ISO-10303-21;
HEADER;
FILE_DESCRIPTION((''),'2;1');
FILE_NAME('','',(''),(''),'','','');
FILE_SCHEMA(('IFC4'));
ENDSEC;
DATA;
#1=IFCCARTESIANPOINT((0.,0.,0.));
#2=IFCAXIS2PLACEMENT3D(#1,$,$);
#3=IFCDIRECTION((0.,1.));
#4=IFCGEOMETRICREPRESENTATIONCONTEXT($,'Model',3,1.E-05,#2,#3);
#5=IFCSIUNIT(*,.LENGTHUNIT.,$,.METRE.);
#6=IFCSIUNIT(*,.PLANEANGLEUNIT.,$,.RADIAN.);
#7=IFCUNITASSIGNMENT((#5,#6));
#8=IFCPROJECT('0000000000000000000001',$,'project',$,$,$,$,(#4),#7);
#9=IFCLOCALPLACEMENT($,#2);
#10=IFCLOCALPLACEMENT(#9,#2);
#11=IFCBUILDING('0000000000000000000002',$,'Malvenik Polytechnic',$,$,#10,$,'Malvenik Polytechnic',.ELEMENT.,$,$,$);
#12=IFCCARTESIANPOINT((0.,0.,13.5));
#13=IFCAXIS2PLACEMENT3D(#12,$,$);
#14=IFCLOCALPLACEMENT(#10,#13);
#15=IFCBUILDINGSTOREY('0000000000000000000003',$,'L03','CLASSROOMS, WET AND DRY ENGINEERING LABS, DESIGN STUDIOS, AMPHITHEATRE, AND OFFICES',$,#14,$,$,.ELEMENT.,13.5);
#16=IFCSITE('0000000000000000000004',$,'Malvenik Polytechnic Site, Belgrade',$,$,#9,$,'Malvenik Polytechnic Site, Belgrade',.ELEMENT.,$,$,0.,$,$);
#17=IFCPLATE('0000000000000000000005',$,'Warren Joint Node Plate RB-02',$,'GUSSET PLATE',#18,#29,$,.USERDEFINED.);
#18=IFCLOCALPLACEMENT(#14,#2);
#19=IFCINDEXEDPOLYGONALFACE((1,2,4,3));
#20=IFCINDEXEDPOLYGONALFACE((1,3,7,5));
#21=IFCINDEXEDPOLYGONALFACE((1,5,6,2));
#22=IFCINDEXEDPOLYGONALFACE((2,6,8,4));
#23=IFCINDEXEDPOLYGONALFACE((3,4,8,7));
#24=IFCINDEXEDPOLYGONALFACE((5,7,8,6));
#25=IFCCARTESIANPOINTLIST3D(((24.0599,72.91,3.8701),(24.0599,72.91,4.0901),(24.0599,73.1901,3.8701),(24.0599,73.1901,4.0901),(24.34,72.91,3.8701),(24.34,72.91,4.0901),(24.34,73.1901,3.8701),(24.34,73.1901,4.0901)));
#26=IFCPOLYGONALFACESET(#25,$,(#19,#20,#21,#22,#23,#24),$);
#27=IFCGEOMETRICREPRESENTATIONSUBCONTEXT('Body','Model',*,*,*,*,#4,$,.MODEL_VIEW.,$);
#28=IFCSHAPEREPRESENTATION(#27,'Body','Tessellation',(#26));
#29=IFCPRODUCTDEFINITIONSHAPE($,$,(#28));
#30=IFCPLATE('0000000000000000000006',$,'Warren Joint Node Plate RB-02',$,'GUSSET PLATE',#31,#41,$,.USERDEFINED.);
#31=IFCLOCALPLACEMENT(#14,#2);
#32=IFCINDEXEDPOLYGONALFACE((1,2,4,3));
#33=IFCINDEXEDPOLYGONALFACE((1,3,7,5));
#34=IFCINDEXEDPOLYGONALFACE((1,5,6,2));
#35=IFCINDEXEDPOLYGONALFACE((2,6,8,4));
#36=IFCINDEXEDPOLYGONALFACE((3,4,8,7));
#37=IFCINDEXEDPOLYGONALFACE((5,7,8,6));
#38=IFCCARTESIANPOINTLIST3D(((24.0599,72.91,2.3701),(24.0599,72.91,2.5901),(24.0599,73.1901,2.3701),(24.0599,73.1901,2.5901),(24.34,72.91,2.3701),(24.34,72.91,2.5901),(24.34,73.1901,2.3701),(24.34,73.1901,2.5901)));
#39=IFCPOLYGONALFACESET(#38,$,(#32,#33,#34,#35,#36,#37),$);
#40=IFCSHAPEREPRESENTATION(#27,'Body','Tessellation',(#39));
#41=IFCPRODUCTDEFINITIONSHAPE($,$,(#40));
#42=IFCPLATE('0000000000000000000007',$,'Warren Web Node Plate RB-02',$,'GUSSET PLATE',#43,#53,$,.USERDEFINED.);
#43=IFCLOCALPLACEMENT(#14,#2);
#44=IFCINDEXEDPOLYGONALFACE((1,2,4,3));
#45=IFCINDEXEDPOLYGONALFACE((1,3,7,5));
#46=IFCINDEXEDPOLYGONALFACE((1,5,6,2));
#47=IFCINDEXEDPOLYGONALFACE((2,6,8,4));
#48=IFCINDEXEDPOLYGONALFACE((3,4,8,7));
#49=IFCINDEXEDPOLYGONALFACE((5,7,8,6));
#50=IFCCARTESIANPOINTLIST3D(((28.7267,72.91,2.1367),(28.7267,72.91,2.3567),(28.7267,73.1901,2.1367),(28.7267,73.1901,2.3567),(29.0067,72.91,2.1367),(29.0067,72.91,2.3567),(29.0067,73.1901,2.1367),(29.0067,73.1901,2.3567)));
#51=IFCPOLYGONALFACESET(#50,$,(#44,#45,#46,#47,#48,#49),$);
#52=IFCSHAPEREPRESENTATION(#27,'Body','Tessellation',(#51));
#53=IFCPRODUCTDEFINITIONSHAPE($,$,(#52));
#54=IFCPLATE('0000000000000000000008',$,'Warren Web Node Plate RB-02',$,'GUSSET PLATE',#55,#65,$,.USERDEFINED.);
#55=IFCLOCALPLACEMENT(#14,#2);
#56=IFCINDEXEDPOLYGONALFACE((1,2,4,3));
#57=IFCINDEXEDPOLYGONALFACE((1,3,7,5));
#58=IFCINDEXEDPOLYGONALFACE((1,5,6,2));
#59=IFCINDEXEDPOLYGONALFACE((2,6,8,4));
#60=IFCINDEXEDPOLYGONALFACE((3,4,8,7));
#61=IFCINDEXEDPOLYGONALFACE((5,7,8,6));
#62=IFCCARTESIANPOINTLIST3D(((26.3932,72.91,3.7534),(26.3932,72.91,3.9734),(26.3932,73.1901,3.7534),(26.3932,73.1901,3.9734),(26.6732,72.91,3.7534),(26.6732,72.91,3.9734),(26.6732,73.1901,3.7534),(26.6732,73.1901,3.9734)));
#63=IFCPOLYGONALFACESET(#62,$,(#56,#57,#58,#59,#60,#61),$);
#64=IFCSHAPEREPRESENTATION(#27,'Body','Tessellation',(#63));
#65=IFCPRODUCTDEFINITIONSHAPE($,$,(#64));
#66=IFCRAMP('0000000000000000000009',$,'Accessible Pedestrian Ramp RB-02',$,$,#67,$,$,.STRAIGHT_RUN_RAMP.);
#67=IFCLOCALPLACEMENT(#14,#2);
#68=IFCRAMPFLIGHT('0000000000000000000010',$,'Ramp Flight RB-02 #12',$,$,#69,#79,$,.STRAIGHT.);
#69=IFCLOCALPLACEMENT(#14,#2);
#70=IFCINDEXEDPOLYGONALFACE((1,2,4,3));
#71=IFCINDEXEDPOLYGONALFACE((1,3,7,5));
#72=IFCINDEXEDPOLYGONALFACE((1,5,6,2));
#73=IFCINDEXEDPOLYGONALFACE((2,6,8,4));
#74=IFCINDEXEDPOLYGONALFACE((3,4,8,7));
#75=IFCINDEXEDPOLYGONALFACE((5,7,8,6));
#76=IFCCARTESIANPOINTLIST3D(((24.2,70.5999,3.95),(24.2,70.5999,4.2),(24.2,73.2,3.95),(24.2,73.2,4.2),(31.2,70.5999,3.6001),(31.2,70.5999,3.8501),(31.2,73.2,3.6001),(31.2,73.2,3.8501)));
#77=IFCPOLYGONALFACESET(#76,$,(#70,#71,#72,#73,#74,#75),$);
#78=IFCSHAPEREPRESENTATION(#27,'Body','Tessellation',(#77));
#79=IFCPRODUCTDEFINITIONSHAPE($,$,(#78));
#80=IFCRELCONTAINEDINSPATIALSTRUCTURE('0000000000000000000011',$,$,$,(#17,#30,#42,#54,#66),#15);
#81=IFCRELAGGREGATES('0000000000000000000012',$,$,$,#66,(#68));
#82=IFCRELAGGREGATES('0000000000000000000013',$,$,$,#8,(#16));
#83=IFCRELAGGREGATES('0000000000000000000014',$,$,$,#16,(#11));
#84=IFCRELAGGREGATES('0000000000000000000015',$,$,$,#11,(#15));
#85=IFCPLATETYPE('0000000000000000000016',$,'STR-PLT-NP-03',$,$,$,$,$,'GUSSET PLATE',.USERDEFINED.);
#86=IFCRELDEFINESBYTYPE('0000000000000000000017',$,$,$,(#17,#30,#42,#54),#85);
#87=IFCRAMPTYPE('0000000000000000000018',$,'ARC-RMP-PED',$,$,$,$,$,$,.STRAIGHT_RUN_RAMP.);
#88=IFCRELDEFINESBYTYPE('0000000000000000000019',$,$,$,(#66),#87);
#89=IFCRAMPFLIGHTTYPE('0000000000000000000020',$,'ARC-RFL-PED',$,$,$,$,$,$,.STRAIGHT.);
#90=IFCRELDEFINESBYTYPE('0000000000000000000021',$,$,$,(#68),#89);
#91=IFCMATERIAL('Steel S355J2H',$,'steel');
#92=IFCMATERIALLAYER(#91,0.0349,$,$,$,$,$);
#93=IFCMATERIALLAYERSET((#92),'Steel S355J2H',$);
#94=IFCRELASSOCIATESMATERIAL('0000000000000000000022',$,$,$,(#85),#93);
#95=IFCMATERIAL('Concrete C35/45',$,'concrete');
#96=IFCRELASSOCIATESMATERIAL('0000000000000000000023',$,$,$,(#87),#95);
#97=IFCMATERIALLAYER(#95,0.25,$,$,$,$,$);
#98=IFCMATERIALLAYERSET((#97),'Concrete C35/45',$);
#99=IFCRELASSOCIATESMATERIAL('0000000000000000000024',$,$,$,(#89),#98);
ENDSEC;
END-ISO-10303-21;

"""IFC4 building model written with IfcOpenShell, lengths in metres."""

from ifc_helpers import new_model, si_unit, direction, frame, origin, origin_2d, place, context, subcontext, project, spatial, polyline, rectangle, outline, extrude, material, layer, layer_set, type_object, element, aggregate, save


model = new_model("IFC4")

# Units and contexts
model_context = context("Model", 3, precision=1e-05, world=origin(), true_north=direction((0.0, 1.0)))
body_context = subcontext(model_context, "Body", "Model", "MODEL_VIEW")
ifc_project = project(units=[si_unit("LENGTHUNIT", "METRE"), si_unit("PLANEANGLEUNIT", "RADIAN")], contexts=[model_context])

# Site, building, storey
site_placement = place(None, origin())
site = spatial("IfcSite", under=ifc_project, at=site_placement, Name="Malvenik Polytechnic Site, Belgrade", LongName="Malvenik Polytechnic Site, Belgrade", CompositionType="ELEMENT", RefElevation=0.0)
building_placement = place(site_placement, origin())
building = spatial("IfcBuilding", under=site, at=building_placement, Name="Malvenik Polytechnic", LongName="Malvenik Polytechnic", CompositionType="ELEMENT")
storey_placement = place(building_placement, frame((0.0, 0.0, 13.5)))
storey = spatial("IfcBuildingStorey", under=building, at=storey_placement, Name="L03", Description="CLASSROOMS, WET AND DRY ENGINEERING LABS, DESIGN STUDIOS, AMPHITHEATRE, AND OFFICES", CompositionType="ELEMENT", Elevation=13.5)

# Shared definitions
ifc_material_1 = material(Name="Concrete C35/45", Category="concrete")
ifc_material_2 = material(Name="Steel S355J2H", Category="steel")

# Plates
ifc_layer_1 = layer(ifc_material_2, 0.0349)
ifc_layer_set_1 = layer_set([ifc_layer_1], Name="Steel S355J2H")
plate_type_1 = type_object("IfcPlateType", Name="STR-PLT-NP-03", ElementType="GUSSET PLATE", PredefinedType="USERDEFINED", material=ifc_layer_set_1)
for number, where, z_axis, x_axis, name in (
    (1, (24.2, 73.05, 3.8701), (0.0, 0.0, 1.0), (1.0, 0.0, 0.0), "Warren Joint Node Plate RB-02"),
    (2, (24.2, 73.05, 2.3701), (0.0, 0.0, 1.0), (1.0, 0.0, 0.0), "Warren Joint Node Plate RB-02"),
    (3, (28.8667, 73.05, 2.1367), (0.0, 0.0, 1.0), (1.0, 0.0, 0.0), "Warren Web Node Plate RB-02"),
    (4, (26.5332, 73.05, 3.7534), (0.0, 0.0, 1.0), (1.0, 0.0, 0.0), "Warren Web Node Plate RB-02"),
):
    element("IfcPlate", number, at=place(storey_placement, frame(where, z_axis=z_axis, x_axis=x_axis)), inside=storey, type_object=plate_type_1, Name=name, ObjectType="GUSSET PLATE", PredefinedType="USERDEFINED", context=body_context, shape_type="SweptSolid", body=[
        extrude(rectangle(XDim=0.28, YDim=0.28, at=origin_2d()), origin(), (0.0, 0.0, 1.0), 0.22),
    ])

# Ramp, ramp flight
ramp_type = type_object("IfcRampType", Name="ARC-RMP-PED", PredefinedType="STRAIGHT_RUN_RAMP", material=ifc_material_1)
ramp_placement = place(storey_placement, origin())
ramp = element("IfcRamp", 5, at=ramp_placement, inside=storey, type_object=ramp_type, Name="Accessible Pedestrian Ramp RB-02", PredefinedType="STRAIGHT_RUN_RAMP")
ifc_layer_2 = layer(ifc_material_1, 0.25)
ifc_layer_set_2 = layer_set([ifc_layer_2], Name="Concrete C35/45")
ramp_flight_type = type_object("IfcRampFlightType", Name="ARC-RFL-PED", PredefinedType="STRAIGHT", material=ifc_layer_set_2)
ramp_flight_placement = place(storey_placement, frame((31.2, 71.8999, 3.8501), z_axis=(0.0, 0.0, 1.0), x_axis=(-1.0, 0.0, 0.0)))
ramp_flight = element("IfcRampFlight", 6, at=ramp_flight_placement, type_object=ramp_flight_type, Name="Ramp Flight RB-02 #12", PredefinedType="STRAIGHT", context=body_context, shape_type="SweptSolid", body=[
    extrude(outline(polyline([(0.0, -0.25), (7.0, 0.0999), (7.0, 0.3499), (0.0, 0.0), (0.0, -0.25)])), frame((0.0, 1.3, 0.0), z_axis=(0.0, -1.0, 0.0), x_axis=(1.0, 0.0, 0.0)), (0.0, 0.0, 1.0), 2.6001),
])
aggregate(ramp, [ramp_flight])

save(model, "model.ifc")
